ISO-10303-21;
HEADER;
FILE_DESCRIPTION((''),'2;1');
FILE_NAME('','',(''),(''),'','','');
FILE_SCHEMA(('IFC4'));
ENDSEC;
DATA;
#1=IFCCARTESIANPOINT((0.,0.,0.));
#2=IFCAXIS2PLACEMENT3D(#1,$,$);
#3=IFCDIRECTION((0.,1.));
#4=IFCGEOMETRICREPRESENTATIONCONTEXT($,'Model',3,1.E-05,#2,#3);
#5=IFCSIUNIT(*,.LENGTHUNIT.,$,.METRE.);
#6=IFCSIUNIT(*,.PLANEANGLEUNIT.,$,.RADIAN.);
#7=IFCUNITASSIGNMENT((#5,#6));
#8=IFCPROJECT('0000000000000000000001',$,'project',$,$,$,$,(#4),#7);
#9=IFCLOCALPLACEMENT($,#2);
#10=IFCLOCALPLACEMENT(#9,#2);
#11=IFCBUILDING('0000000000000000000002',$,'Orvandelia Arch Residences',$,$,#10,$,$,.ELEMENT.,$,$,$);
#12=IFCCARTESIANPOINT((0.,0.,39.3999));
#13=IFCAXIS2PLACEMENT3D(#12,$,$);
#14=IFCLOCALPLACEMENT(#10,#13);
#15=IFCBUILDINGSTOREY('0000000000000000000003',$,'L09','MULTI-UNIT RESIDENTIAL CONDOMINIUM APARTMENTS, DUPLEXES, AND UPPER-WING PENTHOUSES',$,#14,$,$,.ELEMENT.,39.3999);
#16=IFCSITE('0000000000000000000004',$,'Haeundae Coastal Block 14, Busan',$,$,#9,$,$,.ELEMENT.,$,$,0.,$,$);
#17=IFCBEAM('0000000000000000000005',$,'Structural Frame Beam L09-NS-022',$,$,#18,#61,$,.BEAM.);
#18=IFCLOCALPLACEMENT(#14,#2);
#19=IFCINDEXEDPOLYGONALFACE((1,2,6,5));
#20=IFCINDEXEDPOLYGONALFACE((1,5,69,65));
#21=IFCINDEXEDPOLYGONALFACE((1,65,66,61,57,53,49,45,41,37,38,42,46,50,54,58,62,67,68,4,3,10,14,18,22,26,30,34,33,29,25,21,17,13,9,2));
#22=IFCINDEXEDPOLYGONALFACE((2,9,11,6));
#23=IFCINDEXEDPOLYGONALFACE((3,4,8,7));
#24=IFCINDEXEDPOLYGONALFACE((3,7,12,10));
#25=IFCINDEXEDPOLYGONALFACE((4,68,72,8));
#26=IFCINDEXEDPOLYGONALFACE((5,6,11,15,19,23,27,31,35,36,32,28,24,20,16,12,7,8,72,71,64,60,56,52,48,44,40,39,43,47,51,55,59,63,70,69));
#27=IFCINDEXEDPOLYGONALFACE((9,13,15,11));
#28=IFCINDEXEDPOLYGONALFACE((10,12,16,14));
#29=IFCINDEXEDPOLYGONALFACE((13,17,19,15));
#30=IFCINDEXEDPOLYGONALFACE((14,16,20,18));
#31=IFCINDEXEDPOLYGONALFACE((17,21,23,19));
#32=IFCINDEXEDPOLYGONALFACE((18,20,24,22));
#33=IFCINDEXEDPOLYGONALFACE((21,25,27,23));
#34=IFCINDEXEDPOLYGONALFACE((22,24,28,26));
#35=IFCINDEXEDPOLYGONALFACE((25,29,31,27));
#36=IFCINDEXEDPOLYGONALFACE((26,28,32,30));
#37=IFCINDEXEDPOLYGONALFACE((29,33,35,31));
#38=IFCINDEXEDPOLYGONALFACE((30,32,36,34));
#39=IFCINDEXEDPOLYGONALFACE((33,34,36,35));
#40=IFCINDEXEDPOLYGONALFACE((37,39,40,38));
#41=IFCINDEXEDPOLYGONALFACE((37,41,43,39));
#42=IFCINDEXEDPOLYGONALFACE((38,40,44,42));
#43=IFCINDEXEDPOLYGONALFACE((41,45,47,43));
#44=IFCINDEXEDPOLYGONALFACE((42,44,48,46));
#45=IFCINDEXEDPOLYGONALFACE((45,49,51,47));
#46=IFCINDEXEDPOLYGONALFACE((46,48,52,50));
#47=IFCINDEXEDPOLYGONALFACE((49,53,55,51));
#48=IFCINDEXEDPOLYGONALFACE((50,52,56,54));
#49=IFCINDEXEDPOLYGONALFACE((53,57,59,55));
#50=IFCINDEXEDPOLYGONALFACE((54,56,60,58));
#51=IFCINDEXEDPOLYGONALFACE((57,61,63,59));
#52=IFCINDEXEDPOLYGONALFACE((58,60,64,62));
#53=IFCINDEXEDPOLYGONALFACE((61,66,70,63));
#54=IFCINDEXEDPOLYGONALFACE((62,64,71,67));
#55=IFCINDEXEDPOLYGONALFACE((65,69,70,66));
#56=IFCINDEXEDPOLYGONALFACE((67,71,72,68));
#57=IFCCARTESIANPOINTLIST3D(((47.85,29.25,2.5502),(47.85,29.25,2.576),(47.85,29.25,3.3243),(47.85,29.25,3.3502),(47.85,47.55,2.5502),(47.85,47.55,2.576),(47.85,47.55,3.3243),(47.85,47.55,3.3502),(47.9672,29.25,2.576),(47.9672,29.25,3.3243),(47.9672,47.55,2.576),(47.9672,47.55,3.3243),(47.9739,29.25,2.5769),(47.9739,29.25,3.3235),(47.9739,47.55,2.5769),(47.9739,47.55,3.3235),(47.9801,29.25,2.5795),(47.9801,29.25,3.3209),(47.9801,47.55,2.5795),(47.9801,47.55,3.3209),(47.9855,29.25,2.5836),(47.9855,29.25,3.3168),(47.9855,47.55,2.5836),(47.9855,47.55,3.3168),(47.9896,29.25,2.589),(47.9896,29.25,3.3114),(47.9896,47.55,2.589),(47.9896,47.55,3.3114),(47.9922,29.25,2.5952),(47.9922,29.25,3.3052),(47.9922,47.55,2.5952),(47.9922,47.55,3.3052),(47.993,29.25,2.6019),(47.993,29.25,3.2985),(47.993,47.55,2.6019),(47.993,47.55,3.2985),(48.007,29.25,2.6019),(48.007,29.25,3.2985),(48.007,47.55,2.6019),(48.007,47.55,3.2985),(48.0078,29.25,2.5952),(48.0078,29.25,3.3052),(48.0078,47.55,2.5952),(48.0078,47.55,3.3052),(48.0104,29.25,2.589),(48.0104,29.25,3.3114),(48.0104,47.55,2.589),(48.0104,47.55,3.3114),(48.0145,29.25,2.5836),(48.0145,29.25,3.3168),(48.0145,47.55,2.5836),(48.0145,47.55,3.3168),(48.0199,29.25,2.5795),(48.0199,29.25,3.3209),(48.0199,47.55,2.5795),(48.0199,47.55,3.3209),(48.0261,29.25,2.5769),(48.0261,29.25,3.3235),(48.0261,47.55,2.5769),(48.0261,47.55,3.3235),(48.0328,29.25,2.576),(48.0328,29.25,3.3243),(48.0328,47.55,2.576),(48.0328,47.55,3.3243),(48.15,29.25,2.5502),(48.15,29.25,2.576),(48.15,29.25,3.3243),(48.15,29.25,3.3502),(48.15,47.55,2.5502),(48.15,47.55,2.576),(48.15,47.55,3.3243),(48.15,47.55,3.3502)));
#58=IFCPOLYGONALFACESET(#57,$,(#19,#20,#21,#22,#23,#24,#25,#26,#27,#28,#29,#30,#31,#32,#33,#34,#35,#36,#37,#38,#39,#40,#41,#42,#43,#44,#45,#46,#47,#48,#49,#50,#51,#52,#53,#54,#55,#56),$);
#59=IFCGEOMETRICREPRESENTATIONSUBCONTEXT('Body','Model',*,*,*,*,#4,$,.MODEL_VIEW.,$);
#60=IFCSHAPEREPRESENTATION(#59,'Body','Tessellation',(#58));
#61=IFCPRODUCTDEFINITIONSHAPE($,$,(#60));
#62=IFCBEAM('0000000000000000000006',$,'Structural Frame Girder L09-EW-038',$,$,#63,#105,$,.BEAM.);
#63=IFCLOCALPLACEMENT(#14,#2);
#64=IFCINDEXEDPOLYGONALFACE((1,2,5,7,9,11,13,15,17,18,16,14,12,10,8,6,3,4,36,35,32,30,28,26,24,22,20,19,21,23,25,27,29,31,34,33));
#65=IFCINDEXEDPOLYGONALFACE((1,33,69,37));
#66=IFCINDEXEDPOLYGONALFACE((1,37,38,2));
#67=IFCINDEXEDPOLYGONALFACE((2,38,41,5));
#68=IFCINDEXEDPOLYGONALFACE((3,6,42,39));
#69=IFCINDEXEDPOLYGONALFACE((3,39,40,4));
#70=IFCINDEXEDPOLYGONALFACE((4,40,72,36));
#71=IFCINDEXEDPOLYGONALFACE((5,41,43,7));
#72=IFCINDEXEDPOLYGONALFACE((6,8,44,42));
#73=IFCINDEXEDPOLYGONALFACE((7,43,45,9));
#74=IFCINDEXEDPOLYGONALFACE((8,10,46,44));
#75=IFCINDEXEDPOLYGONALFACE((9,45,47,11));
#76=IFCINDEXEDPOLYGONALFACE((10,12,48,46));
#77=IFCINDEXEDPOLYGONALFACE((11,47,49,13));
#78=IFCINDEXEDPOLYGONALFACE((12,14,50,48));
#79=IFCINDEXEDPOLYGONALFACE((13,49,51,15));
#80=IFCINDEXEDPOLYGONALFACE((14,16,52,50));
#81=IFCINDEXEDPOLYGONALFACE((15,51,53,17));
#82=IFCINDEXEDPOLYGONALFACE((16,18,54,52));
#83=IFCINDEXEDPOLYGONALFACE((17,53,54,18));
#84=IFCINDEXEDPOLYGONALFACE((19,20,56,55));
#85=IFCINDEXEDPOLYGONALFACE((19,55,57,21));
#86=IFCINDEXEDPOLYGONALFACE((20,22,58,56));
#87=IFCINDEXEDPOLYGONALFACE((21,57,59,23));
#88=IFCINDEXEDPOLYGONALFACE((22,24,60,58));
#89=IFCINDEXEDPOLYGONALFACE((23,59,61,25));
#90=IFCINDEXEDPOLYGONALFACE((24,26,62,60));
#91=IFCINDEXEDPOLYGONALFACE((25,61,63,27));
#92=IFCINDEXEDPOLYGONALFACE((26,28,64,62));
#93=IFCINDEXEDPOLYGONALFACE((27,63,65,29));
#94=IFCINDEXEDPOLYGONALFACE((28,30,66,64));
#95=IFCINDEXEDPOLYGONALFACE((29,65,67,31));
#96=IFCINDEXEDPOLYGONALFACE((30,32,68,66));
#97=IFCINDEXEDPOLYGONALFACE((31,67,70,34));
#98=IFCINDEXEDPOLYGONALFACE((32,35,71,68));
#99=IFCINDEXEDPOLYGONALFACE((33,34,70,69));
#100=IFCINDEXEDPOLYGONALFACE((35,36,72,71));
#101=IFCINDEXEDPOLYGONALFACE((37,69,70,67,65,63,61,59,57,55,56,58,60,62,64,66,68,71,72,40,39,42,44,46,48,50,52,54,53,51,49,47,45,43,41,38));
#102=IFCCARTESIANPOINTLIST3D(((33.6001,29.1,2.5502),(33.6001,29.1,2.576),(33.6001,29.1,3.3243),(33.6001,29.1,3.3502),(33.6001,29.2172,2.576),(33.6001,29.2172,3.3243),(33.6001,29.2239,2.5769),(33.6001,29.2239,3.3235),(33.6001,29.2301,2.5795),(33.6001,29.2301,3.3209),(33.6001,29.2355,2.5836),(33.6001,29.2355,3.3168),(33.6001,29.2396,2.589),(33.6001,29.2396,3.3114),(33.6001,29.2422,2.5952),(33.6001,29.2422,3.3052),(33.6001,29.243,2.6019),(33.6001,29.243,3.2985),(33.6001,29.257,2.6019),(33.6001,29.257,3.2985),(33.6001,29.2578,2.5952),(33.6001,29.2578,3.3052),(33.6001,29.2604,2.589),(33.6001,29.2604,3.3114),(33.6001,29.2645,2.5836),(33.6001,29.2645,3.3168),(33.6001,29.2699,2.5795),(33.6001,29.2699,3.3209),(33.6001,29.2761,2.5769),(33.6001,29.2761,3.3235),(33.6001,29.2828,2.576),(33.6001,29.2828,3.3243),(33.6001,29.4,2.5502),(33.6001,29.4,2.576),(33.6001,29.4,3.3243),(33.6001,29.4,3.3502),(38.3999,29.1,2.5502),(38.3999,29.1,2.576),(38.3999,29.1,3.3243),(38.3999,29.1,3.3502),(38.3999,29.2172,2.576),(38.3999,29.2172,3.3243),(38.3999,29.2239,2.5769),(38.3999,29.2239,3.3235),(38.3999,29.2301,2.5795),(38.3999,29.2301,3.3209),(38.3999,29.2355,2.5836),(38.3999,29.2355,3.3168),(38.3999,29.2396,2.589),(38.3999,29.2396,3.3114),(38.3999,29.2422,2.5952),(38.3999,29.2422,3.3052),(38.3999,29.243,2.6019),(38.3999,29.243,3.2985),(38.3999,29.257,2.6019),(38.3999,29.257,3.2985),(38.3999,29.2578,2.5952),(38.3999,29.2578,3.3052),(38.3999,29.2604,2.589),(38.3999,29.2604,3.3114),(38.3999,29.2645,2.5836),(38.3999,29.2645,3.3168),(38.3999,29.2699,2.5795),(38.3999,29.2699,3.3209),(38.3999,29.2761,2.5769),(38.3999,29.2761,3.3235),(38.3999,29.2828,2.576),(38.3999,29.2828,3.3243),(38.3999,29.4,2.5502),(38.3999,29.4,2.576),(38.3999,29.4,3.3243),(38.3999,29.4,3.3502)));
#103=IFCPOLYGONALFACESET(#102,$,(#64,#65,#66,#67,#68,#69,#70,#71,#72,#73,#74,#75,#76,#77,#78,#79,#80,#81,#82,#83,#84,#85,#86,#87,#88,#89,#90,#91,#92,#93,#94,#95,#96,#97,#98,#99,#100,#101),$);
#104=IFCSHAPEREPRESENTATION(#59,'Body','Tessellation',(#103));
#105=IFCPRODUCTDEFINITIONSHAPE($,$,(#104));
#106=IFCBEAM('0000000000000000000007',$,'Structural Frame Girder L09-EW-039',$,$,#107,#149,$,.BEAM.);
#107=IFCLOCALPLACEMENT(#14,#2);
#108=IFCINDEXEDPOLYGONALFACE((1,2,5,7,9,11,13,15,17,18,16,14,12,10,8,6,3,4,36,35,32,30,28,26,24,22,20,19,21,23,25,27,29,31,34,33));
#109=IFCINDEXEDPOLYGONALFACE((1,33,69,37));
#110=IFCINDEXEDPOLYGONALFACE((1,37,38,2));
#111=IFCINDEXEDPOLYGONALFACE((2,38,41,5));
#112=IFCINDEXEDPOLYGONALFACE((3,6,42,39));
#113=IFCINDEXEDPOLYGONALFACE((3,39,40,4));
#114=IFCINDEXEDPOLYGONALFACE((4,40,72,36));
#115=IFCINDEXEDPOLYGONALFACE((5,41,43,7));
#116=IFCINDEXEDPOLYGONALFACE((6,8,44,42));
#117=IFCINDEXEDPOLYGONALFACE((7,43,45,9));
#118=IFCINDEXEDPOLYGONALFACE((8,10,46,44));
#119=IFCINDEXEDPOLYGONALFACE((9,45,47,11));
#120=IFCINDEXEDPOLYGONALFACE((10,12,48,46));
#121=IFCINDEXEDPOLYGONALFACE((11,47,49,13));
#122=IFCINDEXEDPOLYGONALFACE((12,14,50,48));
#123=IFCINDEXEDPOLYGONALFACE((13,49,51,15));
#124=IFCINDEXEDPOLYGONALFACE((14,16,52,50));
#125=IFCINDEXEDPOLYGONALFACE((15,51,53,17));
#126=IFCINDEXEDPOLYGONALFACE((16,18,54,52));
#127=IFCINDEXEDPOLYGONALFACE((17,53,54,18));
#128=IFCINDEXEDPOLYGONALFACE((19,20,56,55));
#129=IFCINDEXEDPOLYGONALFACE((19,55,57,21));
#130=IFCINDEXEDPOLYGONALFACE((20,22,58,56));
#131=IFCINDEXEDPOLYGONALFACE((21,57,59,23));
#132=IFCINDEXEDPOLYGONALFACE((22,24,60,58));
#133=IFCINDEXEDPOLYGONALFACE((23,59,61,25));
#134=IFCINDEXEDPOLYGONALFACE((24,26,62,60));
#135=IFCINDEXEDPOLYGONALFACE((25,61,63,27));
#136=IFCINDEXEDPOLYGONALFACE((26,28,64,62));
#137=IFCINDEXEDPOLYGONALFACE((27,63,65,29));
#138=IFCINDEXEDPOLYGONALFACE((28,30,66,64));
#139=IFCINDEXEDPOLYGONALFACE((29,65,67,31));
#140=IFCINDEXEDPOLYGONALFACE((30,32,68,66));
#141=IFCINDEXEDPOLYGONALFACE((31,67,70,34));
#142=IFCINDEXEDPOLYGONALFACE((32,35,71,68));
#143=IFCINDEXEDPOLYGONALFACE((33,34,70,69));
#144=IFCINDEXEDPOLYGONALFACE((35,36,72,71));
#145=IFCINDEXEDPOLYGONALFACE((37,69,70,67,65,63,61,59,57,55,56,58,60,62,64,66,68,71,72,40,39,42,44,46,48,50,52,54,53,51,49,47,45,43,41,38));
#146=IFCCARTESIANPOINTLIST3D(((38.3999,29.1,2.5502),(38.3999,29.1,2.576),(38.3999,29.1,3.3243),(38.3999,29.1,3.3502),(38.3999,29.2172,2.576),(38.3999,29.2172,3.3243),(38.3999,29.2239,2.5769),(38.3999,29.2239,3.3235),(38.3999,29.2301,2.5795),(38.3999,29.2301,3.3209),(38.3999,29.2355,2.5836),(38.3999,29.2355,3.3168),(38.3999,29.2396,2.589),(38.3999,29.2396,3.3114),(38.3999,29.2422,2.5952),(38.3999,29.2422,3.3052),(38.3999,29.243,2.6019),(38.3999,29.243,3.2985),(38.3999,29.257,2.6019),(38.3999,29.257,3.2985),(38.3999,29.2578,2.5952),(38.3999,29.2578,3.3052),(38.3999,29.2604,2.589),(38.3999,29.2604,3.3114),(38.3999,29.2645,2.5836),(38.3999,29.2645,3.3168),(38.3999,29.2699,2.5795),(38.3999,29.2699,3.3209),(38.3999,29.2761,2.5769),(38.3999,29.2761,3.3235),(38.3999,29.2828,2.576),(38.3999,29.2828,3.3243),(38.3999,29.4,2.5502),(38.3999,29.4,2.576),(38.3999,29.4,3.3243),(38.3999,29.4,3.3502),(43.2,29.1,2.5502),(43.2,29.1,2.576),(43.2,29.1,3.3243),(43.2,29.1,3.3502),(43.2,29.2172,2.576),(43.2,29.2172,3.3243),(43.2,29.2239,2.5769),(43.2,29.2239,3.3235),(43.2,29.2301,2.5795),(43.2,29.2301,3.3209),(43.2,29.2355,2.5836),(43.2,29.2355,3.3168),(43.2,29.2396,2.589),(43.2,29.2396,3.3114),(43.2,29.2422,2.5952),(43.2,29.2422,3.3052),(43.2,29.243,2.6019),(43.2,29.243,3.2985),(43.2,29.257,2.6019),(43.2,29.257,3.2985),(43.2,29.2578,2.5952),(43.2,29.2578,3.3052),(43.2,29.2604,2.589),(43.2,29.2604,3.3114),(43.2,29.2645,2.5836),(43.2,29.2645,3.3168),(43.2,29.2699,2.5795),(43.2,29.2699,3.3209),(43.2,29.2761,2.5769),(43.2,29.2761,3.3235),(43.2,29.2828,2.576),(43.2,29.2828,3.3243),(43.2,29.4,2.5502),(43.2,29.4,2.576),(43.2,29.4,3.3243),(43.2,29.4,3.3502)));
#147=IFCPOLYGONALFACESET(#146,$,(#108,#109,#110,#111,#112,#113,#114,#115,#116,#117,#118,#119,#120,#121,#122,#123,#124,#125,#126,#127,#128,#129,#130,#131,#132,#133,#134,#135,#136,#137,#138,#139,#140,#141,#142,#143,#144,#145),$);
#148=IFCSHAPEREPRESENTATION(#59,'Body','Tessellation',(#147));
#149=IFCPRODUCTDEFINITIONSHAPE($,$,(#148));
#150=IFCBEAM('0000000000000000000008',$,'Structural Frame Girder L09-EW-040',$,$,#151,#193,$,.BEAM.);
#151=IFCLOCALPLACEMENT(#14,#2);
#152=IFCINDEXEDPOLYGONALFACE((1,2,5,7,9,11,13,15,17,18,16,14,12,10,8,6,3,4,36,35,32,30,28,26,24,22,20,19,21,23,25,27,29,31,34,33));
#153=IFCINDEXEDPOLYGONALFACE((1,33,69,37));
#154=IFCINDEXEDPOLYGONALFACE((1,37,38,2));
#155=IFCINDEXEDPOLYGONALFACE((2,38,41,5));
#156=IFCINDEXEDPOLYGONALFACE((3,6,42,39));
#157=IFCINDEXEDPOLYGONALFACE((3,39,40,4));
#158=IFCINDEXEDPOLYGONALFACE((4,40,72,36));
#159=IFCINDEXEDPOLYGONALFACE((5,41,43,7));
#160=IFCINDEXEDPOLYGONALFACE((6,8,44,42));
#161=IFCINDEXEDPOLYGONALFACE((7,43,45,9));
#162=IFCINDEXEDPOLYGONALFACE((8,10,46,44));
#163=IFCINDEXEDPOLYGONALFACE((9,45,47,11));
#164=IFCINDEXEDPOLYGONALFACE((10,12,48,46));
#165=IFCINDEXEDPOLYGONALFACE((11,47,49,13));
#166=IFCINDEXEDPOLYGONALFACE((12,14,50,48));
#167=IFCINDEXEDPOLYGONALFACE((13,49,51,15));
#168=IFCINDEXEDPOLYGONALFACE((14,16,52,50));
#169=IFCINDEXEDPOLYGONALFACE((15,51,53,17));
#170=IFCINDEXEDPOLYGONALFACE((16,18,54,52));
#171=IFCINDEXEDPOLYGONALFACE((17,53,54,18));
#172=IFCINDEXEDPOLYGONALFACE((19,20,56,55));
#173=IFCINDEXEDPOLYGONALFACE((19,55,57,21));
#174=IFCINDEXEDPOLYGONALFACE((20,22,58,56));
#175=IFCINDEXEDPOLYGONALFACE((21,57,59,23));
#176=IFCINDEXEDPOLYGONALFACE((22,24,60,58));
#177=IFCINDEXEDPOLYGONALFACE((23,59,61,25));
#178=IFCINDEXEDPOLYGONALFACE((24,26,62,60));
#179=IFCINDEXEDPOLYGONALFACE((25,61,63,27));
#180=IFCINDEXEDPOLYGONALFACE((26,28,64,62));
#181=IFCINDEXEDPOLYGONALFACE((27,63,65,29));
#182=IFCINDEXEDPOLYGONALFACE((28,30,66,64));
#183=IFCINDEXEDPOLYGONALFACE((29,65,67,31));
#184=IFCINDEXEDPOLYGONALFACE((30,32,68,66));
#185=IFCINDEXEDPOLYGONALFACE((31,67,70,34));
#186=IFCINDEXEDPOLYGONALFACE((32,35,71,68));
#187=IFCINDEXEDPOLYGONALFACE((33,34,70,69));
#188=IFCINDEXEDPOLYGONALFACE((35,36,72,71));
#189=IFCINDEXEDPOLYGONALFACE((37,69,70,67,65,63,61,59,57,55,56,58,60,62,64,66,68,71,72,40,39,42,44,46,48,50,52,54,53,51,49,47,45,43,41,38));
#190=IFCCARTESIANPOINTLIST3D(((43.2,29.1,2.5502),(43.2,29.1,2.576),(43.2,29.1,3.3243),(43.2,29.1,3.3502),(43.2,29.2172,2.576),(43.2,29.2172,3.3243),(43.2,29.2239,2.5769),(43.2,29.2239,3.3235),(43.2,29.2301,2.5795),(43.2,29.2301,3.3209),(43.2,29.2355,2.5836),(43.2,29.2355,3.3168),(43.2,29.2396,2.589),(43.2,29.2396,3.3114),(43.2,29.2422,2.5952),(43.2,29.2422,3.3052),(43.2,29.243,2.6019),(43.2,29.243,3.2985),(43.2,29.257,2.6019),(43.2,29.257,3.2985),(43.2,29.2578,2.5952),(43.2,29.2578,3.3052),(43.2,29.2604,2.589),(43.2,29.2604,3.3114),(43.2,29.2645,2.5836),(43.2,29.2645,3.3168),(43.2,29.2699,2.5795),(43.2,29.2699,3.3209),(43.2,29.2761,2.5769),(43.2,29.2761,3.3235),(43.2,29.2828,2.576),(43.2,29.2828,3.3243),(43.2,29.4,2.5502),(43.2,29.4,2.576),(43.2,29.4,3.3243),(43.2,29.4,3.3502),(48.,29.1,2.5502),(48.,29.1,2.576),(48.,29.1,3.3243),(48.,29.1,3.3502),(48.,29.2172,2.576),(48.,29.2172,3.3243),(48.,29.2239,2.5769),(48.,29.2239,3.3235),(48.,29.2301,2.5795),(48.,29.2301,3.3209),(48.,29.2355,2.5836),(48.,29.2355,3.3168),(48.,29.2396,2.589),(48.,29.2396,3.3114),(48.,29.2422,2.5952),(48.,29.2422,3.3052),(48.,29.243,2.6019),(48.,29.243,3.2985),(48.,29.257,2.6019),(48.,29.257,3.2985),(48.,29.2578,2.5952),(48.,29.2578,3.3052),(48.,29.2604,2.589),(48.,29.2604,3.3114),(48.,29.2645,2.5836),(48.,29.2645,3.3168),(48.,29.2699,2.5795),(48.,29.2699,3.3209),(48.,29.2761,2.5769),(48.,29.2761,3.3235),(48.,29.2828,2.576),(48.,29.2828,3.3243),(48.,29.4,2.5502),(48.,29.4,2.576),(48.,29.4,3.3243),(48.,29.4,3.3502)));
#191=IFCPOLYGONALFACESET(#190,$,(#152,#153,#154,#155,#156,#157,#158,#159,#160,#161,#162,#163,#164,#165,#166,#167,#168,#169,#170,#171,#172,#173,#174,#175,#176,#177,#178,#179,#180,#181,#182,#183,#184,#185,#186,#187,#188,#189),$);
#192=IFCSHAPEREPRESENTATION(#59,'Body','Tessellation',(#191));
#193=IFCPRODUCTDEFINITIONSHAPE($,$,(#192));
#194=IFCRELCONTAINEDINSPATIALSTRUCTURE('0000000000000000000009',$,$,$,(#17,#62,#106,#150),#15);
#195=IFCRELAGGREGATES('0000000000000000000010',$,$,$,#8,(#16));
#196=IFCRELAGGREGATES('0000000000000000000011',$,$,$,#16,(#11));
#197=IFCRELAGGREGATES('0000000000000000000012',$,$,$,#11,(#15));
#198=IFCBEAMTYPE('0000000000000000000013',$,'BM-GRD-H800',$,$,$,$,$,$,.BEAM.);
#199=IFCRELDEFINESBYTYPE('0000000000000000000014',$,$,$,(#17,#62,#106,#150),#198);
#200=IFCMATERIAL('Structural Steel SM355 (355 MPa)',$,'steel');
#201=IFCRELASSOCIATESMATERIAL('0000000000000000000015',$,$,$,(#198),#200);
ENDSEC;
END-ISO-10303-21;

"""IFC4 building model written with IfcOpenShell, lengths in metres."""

from ifc_helpers import new_model, si_unit, direction, frame, origin, origin_2d, place, context, subcontext, project, spatial, i_section, extrude, material, material_profile, profile_set, type_object, element, save


model = new_model("IFC4")

# Units and contexts
model_context = context("Model", 3, precision=1e-05, world=origin(), true_north=direction((0.0, 1.0)))
body_context = subcontext(model_context, "Body", "Model", "MODEL_VIEW")
ifc_project = project(units=[si_unit("LENGTHUNIT", "METRE"), si_unit("PLANEANGLEUNIT", "RADIAN")], contexts=[model_context])

# Site, building, storey
site_placement = place(None, origin())
site = spatial("IfcSite", under=ifc_project, at=site_placement, Name="Haeundae Coastal Block 14, Busan", CompositionType="ELEMENT", RefElevation=0.0)
building_placement = place(site_placement, origin())
building = spatial("IfcBuilding", under=site, at=building_placement, Name="Orvandelia Arch Residences", CompositionType="ELEMENT")
storey_placement = place(building_placement, frame((0.0, 0.0, 39.3999)))
storey = spatial("IfcBuildingStorey", under=building, at=storey_placement, Name="L09", Description="MULTI-UNIT RESIDENTIAL CONDOMINIUM APARTMENTS, DUPLEXES, AND UPPER-WING PENTHOUSES", CompositionType="ELEMENT", Elevation=39.3999)

# Beams
ifc_material_1 = material(Name="Structural Steel SM355 (355 MPa)", Category="steel")
ifc_material_profile_1 = material_profile(ifc_material_1, i_section(OverallWidth=0.3, OverallDepth=0.8, WebThickness=0.0139, FlangeThickness=0.0259, FilletRadius=0.0259, at=origin_2d()), Name="Structural Steel SM355 (355 MPa)", Category="steel")
ifc_profile_set_1 = profile_set([ifc_material_profile_1], Name="Structural Steel SM355 (355 MPa)")
beam_type = type_object("IfcBeamType", Name="BM-GRD-H800", PredefinedType="BEAM", material=ifc_profile_set_1)
for number, where, z_axis, x_axis, name in (
    (1, (48.0, 29.25, 2.9502), (0.0, 1.0, 0.0), (-1.0, 0.0, 0.0), "Structural Frame Beam L09-NS-022"),
):
    element("IfcBeam", number, at=place(storey_placement, frame(where, z_axis=z_axis, x_axis=x_axis)), inside=storey, type_object=beam_type, Name=name, PredefinedType="BEAM", context=body_context, shape_type="SweptSolid", body=[
        extrude(i_section(OverallWidth=0.3, OverallDepth=0.8, WebThickness=0.0139, FlangeThickness=0.0259, FilletRadius=0.0259, at=origin_2d()), origin(), (0.0, 0.0, 1.0), 18.3),
    ])
beam_1_placement = place(storey_placement, frame((33.6001, 29.25, 2.9502), z_axis=(1.0, 0.0, 0.0), x_axis=(0.0, 1.0, 0.0)))
element("IfcBeam", 2, at=beam_1_placement, inside=storey, type_object=beam_type, Name="Structural Frame Girder L09-EW-038", PredefinedType="BEAM", context=body_context, shape_type="SweptSolid", body=[
    extrude(i_section(OverallWidth=0.3, OverallDepth=0.8, WebThickness=0.0139, FlangeThickness=0.0259, FilletRadius=0.0259, at=origin_2d()), origin(), (0.0, 0.0, 1.0), 4.7998),
])
for number, where, z_axis, x_axis, name in (
    (3, (38.3999, 29.25, 2.9502), (1.0, 0.0, 0.0), (0.0, 1.0, 0.0), "Structural Frame Girder L09-EW-039"),
    (4, (43.2, 29.25, 2.9502), (1.0, 0.0, 0.0), (0.0, 1.0, 0.0), "Structural Frame Girder L09-EW-040"),
):
    element("IfcBeam", number, at=place(storey_placement, frame(where, z_axis=z_axis, x_axis=x_axis)), inside=storey, type_object=beam_type, Name=name, PredefinedType="BEAM", context=body_context, shape_type="SweptSolid", body=[
        extrude(i_section(OverallWidth=0.3, OverallDepth=0.8, WebThickness=0.0139, FlangeThickness=0.0259, FilletRadius=0.0259, at=origin_2d()), origin(), (0.0, 0.0, 1.0), 4.8),
    ])

save(model, "model.ifc")
